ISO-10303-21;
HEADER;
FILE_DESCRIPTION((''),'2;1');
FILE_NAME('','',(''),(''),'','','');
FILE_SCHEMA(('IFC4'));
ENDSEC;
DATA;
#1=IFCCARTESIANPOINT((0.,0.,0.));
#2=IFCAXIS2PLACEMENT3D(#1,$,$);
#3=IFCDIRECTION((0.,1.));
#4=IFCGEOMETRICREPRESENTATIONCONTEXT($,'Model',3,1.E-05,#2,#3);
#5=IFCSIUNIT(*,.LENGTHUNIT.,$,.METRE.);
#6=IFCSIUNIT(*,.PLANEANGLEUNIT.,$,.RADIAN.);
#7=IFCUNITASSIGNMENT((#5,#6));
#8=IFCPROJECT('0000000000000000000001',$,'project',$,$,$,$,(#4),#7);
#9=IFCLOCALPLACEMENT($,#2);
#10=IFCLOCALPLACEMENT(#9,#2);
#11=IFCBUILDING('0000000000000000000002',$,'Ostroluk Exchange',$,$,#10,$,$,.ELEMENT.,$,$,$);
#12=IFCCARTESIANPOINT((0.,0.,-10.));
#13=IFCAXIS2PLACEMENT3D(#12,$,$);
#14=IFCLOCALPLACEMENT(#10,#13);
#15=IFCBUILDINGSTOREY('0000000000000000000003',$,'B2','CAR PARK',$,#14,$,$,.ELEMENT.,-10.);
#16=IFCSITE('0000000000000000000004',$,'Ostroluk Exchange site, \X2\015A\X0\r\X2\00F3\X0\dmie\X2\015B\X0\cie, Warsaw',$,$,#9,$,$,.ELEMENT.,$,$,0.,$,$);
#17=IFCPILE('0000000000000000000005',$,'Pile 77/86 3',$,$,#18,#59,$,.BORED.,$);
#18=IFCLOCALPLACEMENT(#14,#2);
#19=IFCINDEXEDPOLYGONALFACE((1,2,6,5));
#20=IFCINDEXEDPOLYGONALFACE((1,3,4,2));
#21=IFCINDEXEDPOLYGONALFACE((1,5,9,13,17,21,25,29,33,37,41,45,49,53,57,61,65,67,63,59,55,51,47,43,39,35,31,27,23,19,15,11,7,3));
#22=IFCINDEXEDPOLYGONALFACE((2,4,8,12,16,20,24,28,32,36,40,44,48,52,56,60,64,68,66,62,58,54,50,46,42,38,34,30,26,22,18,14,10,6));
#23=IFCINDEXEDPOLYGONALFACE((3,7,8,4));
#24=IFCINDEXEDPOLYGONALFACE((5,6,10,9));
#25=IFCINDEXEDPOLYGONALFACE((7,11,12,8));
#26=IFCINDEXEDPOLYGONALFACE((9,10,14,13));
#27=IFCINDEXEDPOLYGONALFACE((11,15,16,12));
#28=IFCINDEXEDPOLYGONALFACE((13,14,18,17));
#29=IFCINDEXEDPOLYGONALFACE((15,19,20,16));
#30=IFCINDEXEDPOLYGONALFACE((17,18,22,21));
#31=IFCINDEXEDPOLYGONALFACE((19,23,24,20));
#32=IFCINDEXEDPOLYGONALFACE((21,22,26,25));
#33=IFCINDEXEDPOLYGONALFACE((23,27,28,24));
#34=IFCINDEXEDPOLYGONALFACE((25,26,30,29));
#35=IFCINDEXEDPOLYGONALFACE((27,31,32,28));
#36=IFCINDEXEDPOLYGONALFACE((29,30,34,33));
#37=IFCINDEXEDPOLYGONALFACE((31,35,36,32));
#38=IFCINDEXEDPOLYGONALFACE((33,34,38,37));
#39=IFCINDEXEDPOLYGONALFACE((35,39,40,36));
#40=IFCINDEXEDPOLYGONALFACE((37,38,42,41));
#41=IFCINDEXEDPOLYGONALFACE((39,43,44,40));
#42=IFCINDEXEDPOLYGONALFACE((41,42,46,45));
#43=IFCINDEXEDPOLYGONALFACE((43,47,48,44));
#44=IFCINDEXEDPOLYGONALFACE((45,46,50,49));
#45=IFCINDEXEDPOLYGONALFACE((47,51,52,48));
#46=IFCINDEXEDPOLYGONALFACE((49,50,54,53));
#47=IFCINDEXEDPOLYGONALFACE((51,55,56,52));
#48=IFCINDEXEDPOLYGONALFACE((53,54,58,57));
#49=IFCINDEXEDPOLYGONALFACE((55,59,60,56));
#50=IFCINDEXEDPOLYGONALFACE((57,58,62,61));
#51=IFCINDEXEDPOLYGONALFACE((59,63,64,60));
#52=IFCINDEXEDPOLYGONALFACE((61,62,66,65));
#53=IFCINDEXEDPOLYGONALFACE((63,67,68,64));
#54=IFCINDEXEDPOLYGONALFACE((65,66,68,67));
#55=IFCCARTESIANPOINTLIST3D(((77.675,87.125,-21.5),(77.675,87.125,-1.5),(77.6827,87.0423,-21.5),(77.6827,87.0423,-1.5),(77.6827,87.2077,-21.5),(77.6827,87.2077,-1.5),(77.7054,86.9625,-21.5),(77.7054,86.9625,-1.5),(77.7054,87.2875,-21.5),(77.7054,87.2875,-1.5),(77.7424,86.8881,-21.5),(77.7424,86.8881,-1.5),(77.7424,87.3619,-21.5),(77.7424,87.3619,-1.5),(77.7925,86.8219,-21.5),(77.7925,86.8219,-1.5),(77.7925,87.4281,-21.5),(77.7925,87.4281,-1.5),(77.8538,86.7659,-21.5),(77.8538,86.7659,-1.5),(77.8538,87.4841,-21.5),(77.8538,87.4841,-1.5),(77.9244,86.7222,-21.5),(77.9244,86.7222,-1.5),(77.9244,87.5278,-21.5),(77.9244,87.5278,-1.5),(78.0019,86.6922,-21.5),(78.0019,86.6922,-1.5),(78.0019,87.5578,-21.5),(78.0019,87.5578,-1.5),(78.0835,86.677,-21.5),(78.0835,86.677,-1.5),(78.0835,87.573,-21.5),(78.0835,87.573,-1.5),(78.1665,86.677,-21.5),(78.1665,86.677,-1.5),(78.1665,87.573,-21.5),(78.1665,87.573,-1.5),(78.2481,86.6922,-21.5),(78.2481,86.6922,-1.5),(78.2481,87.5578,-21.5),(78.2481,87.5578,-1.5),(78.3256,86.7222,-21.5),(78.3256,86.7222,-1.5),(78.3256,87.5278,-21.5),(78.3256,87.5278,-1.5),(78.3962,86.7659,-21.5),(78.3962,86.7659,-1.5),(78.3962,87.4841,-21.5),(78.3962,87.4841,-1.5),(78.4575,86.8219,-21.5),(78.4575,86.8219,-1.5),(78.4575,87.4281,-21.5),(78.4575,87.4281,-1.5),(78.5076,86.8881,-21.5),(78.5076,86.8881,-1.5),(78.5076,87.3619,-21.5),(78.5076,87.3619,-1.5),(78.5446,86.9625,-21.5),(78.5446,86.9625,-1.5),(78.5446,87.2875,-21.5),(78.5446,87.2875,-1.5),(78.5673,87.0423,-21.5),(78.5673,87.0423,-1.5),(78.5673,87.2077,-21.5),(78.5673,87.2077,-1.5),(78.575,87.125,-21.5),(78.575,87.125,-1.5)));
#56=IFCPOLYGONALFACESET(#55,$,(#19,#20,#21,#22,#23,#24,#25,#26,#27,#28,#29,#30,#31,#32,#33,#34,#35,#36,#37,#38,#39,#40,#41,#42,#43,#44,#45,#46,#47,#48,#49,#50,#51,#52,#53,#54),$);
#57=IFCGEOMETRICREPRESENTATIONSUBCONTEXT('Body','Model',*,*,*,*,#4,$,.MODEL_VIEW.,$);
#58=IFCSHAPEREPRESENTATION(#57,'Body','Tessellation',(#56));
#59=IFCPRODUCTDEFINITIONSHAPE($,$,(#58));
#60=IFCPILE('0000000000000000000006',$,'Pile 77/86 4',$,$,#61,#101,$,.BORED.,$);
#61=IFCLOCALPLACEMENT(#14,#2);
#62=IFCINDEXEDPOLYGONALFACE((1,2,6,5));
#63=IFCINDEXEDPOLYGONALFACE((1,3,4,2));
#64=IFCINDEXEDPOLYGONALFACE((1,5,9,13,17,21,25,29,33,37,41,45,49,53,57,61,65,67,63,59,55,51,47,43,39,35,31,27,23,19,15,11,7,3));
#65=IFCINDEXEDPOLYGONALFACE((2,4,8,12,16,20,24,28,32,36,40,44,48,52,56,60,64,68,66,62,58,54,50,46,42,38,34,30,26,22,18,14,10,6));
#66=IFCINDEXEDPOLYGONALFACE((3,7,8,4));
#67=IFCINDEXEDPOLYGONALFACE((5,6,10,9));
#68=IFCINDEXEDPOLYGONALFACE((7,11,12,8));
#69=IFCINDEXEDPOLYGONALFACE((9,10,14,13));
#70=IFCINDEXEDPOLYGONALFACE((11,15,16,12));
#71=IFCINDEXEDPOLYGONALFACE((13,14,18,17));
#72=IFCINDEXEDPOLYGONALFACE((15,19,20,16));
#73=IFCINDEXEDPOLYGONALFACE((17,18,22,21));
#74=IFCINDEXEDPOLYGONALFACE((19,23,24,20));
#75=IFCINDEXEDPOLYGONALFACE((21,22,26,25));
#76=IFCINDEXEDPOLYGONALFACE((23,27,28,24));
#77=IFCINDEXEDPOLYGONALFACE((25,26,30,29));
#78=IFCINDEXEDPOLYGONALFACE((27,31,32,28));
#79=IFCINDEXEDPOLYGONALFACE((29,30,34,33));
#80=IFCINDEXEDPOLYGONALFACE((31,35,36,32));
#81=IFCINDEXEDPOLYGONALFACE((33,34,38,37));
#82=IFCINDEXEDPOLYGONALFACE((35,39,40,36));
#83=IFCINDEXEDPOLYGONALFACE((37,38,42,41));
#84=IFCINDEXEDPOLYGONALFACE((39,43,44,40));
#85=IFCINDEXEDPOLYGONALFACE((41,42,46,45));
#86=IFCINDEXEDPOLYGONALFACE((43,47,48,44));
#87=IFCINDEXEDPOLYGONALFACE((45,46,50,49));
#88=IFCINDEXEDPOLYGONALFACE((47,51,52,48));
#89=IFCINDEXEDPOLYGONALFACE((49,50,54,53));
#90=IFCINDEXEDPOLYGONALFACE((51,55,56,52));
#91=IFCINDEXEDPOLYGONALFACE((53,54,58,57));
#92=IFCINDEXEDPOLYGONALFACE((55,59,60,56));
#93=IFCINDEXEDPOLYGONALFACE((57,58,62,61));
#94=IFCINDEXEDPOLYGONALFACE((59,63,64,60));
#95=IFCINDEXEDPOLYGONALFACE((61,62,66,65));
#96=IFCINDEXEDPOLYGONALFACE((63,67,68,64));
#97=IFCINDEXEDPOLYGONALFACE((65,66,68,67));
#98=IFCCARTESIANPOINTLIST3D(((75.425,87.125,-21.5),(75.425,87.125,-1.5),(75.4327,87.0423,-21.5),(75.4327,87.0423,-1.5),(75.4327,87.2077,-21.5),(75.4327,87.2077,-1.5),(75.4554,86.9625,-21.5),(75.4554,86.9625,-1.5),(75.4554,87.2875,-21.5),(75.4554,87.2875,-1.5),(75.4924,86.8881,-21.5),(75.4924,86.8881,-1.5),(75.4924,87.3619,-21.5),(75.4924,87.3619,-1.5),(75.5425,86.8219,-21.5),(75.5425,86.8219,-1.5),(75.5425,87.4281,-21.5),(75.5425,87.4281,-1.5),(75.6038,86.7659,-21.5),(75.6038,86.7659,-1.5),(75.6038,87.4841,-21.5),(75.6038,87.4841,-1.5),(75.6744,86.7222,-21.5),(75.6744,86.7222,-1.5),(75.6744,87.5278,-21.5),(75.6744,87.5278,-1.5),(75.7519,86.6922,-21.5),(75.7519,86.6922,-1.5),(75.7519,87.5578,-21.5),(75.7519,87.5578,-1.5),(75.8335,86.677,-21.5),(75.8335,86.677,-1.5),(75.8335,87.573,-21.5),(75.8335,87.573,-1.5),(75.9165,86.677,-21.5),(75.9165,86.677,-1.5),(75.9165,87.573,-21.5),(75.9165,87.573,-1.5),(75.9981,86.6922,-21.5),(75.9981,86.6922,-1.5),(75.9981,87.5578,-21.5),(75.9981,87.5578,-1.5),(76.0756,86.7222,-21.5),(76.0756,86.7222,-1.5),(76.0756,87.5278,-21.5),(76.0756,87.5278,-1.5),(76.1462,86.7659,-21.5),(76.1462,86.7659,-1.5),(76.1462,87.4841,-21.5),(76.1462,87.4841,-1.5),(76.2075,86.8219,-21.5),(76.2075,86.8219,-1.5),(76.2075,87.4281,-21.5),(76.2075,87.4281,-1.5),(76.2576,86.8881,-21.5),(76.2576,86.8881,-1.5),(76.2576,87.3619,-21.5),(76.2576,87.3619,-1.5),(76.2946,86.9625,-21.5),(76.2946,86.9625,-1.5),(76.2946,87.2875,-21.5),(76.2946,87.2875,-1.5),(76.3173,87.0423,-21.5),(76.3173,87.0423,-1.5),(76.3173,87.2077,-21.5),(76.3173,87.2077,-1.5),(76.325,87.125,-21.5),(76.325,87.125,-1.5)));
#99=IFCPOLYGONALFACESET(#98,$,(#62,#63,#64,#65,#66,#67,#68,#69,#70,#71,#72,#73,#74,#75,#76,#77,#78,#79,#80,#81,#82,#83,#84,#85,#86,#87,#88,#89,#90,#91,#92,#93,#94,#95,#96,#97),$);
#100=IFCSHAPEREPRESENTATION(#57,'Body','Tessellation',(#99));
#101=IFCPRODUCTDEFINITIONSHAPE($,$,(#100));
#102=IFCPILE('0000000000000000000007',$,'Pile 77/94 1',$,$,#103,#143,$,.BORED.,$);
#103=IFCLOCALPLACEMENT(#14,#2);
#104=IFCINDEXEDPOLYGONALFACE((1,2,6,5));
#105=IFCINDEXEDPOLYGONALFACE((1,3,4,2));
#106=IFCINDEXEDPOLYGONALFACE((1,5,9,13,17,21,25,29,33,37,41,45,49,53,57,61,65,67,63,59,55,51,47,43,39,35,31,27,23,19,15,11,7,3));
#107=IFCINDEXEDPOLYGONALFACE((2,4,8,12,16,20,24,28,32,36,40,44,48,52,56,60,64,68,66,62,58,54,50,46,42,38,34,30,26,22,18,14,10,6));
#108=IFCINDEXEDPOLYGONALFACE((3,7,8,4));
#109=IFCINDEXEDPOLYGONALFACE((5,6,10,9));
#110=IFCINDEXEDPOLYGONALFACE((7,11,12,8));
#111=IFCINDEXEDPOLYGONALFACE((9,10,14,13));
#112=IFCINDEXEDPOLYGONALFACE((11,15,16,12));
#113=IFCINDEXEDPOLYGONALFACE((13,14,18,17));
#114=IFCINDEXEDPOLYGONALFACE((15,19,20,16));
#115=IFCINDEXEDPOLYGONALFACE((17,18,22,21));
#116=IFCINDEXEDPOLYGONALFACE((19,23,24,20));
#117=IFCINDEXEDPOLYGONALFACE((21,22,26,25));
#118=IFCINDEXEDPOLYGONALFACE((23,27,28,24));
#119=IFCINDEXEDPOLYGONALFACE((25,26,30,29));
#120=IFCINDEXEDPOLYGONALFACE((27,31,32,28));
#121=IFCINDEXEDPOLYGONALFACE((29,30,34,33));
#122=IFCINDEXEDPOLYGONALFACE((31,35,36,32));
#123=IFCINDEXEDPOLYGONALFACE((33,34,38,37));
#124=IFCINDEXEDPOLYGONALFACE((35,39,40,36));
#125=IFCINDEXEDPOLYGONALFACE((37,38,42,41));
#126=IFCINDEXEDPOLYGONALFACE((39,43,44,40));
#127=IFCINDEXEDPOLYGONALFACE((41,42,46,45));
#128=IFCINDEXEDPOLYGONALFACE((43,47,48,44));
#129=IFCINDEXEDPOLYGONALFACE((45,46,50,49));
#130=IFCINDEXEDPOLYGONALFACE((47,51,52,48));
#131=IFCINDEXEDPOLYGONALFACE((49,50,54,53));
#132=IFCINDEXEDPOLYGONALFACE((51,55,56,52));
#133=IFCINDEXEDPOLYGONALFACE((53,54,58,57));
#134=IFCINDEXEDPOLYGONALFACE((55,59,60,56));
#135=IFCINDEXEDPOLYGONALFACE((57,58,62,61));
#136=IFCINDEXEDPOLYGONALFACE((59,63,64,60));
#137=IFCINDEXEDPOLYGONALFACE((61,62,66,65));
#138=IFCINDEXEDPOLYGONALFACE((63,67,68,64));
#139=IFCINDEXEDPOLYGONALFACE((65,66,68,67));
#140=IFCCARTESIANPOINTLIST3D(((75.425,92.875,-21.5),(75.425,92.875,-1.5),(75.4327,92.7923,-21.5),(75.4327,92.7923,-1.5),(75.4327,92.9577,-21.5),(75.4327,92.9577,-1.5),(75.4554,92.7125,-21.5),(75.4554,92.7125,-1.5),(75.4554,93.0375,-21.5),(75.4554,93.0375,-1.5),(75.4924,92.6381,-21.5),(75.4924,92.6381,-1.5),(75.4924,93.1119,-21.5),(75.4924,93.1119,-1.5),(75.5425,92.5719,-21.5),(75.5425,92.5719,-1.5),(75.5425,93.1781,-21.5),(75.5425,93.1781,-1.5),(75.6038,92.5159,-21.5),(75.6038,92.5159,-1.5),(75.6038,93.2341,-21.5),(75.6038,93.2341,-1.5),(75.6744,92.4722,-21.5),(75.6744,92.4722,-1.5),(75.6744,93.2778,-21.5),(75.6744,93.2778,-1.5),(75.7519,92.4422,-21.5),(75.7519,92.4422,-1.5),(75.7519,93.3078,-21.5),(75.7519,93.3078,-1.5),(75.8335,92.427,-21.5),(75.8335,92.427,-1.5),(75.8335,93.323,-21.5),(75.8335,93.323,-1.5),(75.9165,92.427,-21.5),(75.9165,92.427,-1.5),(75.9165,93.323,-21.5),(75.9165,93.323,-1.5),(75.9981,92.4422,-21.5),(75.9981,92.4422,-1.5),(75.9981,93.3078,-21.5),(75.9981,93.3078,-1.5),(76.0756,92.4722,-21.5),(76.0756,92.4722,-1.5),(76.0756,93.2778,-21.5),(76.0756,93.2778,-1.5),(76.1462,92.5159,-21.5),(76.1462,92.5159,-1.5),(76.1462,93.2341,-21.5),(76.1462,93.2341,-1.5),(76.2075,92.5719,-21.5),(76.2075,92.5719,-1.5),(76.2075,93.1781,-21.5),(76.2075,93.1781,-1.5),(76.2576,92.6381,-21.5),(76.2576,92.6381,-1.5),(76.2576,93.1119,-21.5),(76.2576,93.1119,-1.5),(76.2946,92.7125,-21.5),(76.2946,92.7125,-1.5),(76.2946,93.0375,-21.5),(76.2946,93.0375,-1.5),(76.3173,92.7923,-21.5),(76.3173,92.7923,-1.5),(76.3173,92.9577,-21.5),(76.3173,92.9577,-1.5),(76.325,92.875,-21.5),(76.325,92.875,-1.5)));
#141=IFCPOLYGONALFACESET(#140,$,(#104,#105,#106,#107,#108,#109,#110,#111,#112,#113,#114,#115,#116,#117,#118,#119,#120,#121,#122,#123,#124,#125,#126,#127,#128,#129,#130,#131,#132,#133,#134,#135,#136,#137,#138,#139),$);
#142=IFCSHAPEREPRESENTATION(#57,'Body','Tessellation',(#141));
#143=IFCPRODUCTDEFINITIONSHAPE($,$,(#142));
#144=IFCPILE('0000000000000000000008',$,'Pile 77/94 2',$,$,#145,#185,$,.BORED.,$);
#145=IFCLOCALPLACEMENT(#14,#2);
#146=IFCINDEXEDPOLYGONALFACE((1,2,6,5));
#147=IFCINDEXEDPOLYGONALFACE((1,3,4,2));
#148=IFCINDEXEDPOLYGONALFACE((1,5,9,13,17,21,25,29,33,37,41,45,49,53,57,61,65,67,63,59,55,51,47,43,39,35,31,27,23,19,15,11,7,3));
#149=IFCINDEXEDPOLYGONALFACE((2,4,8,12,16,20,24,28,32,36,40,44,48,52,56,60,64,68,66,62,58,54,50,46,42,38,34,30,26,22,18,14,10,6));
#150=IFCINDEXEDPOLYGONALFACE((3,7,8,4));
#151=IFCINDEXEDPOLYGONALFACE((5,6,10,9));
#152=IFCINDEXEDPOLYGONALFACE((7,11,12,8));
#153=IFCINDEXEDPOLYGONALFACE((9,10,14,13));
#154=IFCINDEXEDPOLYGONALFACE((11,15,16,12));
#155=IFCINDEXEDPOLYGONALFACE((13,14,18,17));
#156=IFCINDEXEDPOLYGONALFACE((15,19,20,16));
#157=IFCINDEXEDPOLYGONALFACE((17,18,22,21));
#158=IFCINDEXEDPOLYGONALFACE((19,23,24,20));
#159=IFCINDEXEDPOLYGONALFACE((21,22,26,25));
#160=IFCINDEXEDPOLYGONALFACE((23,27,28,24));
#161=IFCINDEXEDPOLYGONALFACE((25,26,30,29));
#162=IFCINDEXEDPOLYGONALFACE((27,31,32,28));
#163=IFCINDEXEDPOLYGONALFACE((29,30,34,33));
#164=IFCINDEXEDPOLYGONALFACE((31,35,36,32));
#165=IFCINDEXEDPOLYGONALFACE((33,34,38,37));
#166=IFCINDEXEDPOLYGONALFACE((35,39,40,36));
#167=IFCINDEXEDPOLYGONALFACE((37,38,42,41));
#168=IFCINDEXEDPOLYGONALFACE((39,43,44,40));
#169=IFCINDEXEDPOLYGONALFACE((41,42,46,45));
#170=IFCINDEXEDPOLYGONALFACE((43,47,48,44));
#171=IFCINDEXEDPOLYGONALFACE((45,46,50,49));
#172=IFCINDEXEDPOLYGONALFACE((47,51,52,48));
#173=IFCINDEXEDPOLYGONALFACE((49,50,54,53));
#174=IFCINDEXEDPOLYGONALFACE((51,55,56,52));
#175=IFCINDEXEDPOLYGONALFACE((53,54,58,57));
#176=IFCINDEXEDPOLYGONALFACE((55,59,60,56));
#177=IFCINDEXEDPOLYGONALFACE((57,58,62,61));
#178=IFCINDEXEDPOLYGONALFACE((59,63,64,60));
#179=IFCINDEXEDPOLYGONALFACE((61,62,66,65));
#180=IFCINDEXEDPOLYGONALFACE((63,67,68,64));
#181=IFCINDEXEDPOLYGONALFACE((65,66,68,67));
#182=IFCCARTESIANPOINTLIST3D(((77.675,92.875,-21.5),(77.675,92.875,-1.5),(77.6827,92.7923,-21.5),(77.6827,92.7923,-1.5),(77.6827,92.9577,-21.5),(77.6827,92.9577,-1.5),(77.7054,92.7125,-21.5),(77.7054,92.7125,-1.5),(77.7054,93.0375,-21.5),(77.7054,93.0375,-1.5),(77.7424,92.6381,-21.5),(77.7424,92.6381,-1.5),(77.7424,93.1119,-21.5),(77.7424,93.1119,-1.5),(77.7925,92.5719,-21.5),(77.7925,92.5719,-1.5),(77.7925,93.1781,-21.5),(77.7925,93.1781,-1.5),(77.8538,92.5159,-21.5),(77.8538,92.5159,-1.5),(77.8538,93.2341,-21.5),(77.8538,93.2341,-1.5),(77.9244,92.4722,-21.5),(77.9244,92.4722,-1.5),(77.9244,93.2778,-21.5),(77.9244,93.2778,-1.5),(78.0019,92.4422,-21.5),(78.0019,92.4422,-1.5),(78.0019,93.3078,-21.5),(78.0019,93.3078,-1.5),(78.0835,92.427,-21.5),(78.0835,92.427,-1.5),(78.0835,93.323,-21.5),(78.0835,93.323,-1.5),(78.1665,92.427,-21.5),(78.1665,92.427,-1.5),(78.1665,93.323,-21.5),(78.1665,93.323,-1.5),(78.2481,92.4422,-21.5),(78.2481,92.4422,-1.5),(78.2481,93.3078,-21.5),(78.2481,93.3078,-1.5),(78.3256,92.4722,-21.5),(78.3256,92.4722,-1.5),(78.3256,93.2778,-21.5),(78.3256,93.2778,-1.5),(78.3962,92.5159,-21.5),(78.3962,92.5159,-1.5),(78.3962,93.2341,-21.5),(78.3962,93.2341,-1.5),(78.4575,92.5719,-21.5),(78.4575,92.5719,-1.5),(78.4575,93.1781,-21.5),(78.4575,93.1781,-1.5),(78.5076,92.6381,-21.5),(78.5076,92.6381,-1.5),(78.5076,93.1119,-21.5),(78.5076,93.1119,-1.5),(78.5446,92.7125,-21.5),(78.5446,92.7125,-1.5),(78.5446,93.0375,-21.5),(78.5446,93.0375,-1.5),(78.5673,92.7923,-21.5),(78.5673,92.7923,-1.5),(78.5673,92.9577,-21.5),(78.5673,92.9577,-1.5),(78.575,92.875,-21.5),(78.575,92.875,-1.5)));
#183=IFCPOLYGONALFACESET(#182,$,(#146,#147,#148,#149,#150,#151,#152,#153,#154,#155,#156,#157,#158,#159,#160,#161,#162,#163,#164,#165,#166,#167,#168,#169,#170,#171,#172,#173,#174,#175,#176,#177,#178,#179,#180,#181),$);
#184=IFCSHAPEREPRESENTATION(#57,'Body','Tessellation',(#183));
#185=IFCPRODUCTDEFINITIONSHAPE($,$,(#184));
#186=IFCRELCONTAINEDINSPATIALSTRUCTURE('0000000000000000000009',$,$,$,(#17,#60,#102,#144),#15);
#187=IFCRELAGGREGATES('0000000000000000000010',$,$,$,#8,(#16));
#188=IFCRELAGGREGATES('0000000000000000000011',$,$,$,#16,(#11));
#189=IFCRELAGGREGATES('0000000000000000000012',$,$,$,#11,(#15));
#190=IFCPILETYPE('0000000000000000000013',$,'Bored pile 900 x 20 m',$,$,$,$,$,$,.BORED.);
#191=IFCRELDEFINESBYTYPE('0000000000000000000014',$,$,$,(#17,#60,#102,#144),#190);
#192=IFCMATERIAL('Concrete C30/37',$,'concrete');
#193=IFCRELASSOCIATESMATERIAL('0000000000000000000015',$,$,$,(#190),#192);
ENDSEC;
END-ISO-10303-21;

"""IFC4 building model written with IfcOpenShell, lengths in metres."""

from ifc_helpers import new_model, si_unit, direction, frame, origin, origin_2d, place, context, subcontext, project, spatial, circle, extrude, material, type_object, element, save


model = new_model("IFC4")

# Units and contexts
model_context = context("Model", 3, precision=1e-05, world=origin(), true_north=direction((0.0, 1.0)))
body_context = subcontext(model_context, "Body", "Model", "MODEL_VIEW")
ifc_project = project(units=[si_unit("LENGTHUNIT", "METRE"), si_unit("PLANEANGLEUNIT", "RADIAN")], contexts=[model_context])

# Site, building, storey
site_placement = place(None, origin())
site = spatial("IfcSite", under=ifc_project, at=site_placement, Name="Ostroluk Exchange site, Śródmieście, Warsaw", CompositionType="ELEMENT", RefElevation=0.0)
building_placement = place(site_placement, origin())
building = spatial("IfcBuilding", under=site, at=building_placement, Name="Ostroluk Exchange", CompositionType="ELEMENT")
storey_placement = place(building_placement, frame((0.0, 0.0, -10.0)))
storey = spatial("IfcBuildingStorey", under=building, at=storey_placement, Name="B2", Description="CAR PARK", CompositionType="ELEMENT", Elevation=-10.0)

# Piles
ifc_material_1 = material(Name="Concrete C30/37", Category="concrete")
pile_type = type_object("IfcPileType", Name="Bored pile 900 x 20 m", PredefinedType="BORED", material=ifc_material_1)
for number, where, z_axis, x_axis, name in (
    (1, (78.125, 87.125, -1.5), (0.0, 0.0, -1.0), (1.0, 0.0, 0.0), "Pile 77/86 3"),
    (2, (75.875, 87.125, -1.5), (0.0, 0.0, -1.0), (1.0, 0.0, 0.0), "Pile 77/86 4"),
    (3, (75.875, 92.875, -1.5), (0.0, 0.0, -1.0), (1.0, 0.0, 0.0), "Pile 77/94 1"),
    (4, (78.125, 92.875, -1.5), (0.0, 0.0, -1.0), (1.0, 0.0, 0.0), "Pile 77/94 2"),
):
    element("IfcPile", number, at=place(storey_placement, frame(where, z_axis=z_axis, x_axis=x_axis)), inside=storey, type_object=pile_type, Name=name, PredefinedType="BORED", context=body_context, shape_type="SweptSolid", body=[
        extrude(circle(Radius=0.45, at=origin_2d()), origin(), (0.0, 0.0, 1.0), 20.0),
    ])

save(model, "model.ifc")
